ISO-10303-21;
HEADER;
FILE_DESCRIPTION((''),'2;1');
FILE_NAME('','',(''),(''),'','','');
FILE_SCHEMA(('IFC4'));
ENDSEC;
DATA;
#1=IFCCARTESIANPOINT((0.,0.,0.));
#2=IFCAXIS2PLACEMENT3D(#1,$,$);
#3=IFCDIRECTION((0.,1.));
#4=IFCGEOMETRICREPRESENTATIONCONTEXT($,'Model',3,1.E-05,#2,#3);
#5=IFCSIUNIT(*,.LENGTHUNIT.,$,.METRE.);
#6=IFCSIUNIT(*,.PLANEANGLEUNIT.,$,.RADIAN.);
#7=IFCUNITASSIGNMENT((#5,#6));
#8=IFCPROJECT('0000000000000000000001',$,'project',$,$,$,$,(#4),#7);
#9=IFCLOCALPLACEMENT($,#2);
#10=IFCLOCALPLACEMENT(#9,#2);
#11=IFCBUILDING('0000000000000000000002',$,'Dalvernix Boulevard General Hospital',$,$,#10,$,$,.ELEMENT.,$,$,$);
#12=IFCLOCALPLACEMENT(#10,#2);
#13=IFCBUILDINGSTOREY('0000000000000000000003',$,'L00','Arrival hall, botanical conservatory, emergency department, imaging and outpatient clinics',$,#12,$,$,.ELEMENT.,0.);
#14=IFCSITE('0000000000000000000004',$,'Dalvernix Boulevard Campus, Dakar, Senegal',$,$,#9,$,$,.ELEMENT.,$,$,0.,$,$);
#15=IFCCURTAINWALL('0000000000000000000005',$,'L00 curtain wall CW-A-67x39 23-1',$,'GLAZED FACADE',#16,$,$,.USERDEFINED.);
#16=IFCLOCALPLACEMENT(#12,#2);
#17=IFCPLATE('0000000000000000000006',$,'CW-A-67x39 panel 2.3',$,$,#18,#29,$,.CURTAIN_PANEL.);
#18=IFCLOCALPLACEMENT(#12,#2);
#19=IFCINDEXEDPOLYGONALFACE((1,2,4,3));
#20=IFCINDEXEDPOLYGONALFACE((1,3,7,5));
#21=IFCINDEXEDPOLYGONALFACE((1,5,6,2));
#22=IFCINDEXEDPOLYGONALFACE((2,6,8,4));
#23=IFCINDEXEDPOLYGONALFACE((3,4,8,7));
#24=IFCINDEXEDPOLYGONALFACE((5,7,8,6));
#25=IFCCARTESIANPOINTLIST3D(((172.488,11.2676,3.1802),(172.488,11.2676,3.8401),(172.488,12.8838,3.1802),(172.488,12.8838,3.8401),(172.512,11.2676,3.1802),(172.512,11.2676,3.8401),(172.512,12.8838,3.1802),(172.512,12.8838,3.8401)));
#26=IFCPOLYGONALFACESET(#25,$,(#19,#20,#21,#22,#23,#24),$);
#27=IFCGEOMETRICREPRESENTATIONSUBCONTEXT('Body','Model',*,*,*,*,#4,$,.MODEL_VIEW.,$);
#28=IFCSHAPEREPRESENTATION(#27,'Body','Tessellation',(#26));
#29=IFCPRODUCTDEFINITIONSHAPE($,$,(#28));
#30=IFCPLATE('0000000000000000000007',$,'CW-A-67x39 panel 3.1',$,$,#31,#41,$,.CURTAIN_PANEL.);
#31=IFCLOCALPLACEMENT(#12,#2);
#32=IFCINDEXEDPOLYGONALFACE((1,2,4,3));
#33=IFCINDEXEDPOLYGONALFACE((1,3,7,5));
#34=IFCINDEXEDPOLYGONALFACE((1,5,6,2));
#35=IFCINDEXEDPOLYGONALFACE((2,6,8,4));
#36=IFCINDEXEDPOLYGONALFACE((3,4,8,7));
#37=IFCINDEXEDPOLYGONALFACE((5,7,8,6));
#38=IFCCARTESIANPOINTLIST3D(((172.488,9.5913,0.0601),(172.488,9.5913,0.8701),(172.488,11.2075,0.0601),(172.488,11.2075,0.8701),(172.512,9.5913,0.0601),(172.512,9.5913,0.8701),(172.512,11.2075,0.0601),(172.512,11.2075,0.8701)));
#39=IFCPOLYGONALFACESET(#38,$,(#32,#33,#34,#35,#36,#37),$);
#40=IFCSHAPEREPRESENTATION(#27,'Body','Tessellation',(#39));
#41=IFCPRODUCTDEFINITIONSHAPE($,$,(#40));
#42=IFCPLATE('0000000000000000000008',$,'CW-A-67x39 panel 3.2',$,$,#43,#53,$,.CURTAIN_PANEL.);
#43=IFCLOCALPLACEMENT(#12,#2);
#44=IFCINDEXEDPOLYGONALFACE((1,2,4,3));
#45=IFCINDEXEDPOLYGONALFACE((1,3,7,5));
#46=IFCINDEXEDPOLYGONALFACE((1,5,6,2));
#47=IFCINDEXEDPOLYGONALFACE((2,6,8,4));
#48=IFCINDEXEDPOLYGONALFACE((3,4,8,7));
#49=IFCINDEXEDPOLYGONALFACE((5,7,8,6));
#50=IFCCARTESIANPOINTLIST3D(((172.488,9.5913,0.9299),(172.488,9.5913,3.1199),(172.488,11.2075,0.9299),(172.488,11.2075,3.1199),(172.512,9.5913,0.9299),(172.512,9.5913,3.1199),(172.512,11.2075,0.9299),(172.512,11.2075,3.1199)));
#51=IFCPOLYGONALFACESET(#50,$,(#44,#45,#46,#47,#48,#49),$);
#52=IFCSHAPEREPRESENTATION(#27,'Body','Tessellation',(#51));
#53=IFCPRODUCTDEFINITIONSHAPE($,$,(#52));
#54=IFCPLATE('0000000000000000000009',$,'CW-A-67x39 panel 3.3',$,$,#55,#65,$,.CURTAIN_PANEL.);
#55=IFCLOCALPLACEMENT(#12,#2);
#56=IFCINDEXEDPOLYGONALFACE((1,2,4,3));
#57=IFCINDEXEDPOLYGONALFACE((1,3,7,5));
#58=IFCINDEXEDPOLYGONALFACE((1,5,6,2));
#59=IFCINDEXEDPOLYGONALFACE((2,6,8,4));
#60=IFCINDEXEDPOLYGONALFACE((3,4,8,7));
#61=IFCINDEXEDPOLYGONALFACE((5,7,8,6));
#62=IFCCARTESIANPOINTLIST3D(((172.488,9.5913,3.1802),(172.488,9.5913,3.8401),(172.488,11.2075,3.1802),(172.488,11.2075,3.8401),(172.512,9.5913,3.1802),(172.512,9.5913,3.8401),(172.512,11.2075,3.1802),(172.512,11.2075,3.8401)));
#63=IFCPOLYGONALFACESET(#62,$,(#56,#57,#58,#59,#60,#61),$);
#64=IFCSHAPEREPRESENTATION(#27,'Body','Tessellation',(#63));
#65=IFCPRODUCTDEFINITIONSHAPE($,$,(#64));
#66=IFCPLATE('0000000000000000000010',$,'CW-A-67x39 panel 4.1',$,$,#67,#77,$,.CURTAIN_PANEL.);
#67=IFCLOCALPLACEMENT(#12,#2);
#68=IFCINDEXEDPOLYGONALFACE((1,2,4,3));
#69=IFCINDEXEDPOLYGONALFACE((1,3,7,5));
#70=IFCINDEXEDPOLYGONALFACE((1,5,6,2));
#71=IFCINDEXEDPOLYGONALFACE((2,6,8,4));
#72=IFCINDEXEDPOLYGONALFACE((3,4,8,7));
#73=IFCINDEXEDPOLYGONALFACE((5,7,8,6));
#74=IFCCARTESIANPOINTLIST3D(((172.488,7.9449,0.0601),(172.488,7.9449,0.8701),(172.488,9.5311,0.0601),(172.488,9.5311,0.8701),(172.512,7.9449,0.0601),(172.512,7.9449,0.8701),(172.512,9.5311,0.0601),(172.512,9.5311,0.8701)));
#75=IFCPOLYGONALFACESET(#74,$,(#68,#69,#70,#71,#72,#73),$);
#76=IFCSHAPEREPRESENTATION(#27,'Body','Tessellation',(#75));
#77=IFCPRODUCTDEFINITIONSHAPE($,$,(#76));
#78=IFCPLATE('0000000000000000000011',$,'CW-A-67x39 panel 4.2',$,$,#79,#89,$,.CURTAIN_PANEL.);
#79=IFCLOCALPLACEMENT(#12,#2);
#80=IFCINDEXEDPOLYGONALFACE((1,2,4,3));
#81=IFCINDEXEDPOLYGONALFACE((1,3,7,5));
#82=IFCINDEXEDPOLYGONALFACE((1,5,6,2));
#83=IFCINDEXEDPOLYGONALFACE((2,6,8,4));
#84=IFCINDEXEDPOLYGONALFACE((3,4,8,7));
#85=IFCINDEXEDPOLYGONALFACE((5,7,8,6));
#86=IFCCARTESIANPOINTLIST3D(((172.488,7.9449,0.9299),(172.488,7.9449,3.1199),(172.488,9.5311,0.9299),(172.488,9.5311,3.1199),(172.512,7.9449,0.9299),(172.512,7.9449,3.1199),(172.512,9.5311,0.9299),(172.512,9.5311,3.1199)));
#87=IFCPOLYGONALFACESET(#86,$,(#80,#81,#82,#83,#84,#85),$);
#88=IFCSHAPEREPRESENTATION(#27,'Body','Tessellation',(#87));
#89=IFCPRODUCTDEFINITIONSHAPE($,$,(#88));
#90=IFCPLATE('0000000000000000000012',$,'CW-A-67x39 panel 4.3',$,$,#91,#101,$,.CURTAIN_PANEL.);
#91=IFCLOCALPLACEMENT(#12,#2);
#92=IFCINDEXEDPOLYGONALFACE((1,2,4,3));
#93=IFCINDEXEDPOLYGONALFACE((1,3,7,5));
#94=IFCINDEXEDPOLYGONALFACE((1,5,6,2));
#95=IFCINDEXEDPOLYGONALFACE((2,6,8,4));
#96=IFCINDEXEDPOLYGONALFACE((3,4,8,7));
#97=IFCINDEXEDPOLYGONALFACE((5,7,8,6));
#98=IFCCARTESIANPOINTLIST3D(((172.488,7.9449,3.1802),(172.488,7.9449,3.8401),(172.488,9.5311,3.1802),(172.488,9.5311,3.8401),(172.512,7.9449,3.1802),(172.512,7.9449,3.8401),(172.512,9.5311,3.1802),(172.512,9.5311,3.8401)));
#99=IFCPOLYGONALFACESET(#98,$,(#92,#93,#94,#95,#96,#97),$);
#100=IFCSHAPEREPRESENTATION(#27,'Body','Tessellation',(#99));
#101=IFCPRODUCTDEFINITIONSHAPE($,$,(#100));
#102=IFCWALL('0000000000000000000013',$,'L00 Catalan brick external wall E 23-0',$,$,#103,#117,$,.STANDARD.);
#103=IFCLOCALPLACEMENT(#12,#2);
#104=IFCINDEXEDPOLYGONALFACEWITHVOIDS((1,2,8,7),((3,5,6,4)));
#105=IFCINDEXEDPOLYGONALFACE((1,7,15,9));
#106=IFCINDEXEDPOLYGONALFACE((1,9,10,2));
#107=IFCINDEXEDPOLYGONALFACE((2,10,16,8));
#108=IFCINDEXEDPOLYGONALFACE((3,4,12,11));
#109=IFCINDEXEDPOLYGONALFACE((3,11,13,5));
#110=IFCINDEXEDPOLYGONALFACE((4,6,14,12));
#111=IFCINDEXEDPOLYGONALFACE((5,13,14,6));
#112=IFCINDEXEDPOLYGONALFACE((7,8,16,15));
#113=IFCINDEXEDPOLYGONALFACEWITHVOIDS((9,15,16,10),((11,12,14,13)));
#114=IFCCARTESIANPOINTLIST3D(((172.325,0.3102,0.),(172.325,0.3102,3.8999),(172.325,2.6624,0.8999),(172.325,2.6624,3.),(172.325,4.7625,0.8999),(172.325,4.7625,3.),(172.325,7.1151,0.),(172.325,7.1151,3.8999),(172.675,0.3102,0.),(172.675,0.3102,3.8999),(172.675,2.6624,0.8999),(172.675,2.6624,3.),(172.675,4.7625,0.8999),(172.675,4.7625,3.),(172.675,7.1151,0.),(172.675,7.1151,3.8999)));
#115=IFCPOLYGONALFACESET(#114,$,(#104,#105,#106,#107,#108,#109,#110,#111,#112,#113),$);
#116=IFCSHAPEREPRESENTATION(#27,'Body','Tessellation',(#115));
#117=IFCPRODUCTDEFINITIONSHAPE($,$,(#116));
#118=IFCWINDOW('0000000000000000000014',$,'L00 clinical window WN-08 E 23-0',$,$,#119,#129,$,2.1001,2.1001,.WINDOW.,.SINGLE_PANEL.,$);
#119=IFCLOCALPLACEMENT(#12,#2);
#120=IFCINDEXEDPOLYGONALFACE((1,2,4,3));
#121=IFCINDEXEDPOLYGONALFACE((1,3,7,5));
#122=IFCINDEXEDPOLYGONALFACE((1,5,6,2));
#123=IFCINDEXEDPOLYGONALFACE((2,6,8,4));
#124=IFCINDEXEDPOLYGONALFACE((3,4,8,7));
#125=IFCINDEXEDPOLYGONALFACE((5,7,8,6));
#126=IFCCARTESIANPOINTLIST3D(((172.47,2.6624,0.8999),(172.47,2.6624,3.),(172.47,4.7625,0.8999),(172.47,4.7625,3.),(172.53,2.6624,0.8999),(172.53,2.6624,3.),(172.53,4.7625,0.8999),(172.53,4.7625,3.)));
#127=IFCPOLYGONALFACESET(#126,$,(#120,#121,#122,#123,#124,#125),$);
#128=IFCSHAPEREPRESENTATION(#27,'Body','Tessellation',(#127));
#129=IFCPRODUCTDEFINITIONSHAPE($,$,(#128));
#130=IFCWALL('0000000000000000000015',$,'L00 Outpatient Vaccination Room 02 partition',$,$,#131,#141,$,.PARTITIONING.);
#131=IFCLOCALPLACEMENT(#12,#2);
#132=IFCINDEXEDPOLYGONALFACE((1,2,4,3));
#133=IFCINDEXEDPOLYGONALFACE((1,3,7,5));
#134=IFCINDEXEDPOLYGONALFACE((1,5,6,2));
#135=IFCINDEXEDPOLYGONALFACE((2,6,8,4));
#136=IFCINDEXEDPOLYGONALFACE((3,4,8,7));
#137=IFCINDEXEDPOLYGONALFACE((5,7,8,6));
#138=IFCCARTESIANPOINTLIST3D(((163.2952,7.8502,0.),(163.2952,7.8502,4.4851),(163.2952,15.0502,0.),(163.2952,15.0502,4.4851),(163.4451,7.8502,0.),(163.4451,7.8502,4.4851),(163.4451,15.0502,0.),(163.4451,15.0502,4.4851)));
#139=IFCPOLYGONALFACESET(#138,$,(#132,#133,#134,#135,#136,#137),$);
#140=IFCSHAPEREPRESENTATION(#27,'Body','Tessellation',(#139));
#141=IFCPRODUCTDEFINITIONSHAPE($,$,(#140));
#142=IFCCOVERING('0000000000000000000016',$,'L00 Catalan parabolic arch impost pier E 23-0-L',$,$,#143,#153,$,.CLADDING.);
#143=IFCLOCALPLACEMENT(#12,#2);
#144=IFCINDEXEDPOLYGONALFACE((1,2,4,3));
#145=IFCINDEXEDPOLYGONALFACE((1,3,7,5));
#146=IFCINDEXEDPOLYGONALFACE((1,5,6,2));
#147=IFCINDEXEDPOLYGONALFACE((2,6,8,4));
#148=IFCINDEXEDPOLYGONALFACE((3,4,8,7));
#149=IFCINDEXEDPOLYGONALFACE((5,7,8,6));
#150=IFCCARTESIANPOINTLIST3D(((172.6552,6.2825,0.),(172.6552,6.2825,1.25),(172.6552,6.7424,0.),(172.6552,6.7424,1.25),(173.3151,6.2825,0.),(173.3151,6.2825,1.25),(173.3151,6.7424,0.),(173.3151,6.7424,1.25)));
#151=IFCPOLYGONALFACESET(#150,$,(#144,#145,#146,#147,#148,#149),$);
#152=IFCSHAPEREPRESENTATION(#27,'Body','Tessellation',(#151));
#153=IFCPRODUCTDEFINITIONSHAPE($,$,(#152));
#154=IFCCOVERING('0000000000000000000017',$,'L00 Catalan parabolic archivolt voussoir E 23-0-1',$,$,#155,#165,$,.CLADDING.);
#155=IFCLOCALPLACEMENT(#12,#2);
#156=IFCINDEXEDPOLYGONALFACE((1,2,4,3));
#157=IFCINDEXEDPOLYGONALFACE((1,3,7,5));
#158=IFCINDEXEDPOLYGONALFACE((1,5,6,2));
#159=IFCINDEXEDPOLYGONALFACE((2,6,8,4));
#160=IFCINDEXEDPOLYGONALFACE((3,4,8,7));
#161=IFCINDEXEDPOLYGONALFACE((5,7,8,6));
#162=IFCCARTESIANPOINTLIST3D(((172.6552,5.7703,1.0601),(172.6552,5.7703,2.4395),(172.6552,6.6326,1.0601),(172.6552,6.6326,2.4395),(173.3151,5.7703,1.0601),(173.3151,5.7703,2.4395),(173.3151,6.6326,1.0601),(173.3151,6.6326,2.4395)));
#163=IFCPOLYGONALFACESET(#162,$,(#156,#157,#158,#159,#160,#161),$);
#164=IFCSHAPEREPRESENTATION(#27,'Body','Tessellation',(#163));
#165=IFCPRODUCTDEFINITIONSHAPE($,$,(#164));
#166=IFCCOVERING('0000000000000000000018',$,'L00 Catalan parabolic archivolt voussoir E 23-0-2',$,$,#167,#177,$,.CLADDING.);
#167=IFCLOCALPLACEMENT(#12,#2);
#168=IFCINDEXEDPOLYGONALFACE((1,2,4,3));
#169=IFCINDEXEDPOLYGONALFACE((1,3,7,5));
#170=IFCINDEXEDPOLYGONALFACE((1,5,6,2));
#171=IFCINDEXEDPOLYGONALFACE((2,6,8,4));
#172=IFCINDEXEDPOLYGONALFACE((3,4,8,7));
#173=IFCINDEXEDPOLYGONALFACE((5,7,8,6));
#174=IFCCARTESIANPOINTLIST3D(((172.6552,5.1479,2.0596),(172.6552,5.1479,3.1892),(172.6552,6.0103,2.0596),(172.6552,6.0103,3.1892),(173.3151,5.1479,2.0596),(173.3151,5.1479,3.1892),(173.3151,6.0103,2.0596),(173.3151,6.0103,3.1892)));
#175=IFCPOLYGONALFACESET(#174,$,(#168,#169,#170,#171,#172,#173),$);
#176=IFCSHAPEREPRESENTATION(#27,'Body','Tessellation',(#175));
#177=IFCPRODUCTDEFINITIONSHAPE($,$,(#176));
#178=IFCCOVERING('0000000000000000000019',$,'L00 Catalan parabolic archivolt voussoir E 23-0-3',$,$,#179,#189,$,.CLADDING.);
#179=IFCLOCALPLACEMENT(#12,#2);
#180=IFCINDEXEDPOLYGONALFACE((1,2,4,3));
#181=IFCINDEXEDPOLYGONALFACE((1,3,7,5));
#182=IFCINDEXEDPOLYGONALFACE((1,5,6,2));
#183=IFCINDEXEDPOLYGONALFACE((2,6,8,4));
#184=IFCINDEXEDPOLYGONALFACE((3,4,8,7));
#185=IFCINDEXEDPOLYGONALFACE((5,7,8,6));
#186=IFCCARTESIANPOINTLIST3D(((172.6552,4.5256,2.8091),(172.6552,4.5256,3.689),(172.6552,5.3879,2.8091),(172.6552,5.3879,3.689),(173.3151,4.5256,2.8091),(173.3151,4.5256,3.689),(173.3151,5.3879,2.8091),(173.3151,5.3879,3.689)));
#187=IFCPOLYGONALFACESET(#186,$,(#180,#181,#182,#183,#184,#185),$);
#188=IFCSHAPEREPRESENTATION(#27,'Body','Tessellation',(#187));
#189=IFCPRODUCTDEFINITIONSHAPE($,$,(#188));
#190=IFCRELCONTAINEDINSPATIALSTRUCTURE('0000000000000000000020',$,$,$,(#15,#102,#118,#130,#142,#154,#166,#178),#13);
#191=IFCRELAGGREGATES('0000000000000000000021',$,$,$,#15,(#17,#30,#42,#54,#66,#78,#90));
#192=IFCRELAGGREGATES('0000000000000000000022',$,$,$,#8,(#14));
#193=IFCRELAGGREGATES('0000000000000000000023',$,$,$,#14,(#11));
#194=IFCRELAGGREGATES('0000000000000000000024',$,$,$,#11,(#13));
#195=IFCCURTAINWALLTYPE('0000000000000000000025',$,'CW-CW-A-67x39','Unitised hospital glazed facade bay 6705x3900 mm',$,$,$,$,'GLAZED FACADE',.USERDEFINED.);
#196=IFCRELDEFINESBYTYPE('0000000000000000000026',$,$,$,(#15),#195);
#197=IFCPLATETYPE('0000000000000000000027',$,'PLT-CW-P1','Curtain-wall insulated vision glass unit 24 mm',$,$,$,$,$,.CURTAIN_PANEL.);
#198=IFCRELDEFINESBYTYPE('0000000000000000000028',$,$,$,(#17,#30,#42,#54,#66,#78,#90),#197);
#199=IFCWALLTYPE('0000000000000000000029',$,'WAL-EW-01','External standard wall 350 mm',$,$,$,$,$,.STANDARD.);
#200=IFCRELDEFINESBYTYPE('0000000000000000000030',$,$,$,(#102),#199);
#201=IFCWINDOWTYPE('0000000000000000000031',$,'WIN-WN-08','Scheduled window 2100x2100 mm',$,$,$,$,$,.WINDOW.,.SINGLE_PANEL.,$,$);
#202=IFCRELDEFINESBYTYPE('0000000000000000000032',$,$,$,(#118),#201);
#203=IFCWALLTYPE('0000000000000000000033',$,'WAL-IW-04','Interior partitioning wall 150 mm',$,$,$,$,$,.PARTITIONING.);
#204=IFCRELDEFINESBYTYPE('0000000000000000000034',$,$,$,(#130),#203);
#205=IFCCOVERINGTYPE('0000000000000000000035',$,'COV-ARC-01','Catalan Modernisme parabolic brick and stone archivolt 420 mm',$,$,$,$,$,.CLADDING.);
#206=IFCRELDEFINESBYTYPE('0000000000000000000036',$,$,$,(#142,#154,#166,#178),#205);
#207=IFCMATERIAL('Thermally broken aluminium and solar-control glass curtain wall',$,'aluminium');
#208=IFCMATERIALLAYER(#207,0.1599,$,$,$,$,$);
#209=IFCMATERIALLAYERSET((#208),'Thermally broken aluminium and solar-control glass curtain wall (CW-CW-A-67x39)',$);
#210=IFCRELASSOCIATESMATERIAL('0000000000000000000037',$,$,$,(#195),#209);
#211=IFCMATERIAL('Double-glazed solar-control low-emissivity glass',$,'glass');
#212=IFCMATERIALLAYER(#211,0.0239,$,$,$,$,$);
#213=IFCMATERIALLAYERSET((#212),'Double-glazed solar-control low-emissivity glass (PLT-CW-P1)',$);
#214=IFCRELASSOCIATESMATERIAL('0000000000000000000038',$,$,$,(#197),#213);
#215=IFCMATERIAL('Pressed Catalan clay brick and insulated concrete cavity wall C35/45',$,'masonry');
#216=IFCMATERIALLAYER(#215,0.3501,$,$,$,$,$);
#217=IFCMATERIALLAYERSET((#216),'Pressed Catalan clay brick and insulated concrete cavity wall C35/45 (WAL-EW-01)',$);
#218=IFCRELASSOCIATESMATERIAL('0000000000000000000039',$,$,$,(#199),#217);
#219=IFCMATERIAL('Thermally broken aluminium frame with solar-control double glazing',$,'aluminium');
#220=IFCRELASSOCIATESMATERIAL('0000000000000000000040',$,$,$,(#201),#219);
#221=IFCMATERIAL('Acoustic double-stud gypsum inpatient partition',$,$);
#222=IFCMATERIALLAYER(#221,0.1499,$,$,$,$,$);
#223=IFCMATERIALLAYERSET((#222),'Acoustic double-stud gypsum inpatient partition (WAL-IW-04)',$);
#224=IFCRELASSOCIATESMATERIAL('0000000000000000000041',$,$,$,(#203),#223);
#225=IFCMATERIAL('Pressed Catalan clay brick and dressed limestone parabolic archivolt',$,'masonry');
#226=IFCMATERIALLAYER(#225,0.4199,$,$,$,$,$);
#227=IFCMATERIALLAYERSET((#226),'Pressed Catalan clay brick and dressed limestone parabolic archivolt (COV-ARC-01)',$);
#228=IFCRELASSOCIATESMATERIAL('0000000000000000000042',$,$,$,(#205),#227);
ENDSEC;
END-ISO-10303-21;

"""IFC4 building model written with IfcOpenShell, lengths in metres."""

from ifc_helpers import new_model, si_unit, direction, frame, frame_2d, origin, origin_2d, place, context, subcontext, project, spatial, rectangle, extrude, material, layer, layer_set, type_object, element, fill, aggregate, save


model = new_model("IFC4")

# Units and contexts
model_context = context("Model", 3, precision=1e-05, world=origin(), true_north=direction((0.0, 1.0)))
body_context = subcontext(model_context, "Body", "Model", "MODEL_VIEW")
ifc_project = project(units=[si_unit("LENGTHUNIT", "METRE"), si_unit("PLANEANGLEUNIT", "RADIAN")], contexts=[model_context])

# Site, building, storey
site_placement = place(None, origin())
site = spatial("IfcSite", under=ifc_project, at=site_placement, Name="Dalvernix Boulevard Campus, Dakar, Senegal", CompositionType="ELEMENT", RefElevation=0.0)
building_placement = place(site_placement, origin())
building = spatial("IfcBuilding", under=site, at=building_placement, Name="Dalvernix Boulevard General Hospital", CompositionType="ELEMENT")
storey_placement = place(building_placement, origin())
storey = spatial("IfcBuildingStorey", under=building, at=storey_placement, Name="L00", Description="Arrival hall, botanical conservatory, emergency department, imaging and outpatient clinics", CompositionType="ELEMENT", Elevation=0.0)

# Curtain wall, plates
ifc_material_1 = material(Name="Thermally broken aluminium and solar-control glass curtain wall", Category="aluminium")
ifc_layer_1 = layer(ifc_material_1, 0.1599)
ifc_layer_set_1 = layer_set([ifc_layer_1], Name="Thermally broken aluminium and solar-control glass curtain wall (CW-CW-A-67x39)")
curtain_wall_type = type_object("IfcCurtainWallType", Name="CW-CW-A-67x39", Description="Unitised hospital glazed facade bay 6705x3900 mm", ElementType="GLAZED FACADE", PredefinedType="USERDEFINED", material=ifc_layer_set_1)
curtain_wall_placement = place(storey_placement, origin())
curtain_wall = element("IfcCurtainWall", 1, at=curtain_wall_placement, inside=storey, type_object=curtain_wall_type, Name="L00 curtain wall CW-A-67x39 23-1", ObjectType="GLAZED FACADE", PredefinedType="USERDEFINED")
ifc_material_2 = material(Name="Double-glazed solar-control low-emissivity glass", Category="glass")
ifc_layer_2 = layer(ifc_material_2, 0.0239)
ifc_layer_set_2 = layer_set([ifc_layer_2], Name="Double-glazed solar-control low-emissivity glass (PLT-CW-P1)")
plate_type = type_object("IfcPlateType", Name="PLT-CW-P1", Description="Curtain-wall insulated vision glass unit 24 mm", PredefinedType="CURTAIN_PANEL", material=ifc_layer_set_2)
plate_1_placement = place(storey_placement, frame((172.5, 12.0757, 3.1802), z_axis=(0.0, 0.0, 1.0), x_axis=(0.0, -1.0, 0.0)))
plate_1 = element("IfcPlate", 2, at=plate_1_placement, type_object=plate_type, Name="CW-A-67x39 panel 2.3", PredefinedType="CURTAIN_PANEL", context=body_context, shape_type="SweptSolid", body=[
    extrude(rectangle(XDim=1.6162, YDim=0.0239, at=origin_2d()), origin(), (0.0, 0.0, 1.0), 0.6599),
])
plate_2_placement = place(storey_placement, frame((172.5, 10.3994, 0.0601), z_axis=(0.0, 0.0, 1.0), x_axis=(0.0, -1.0, 0.0)))
plate_2 = element("IfcPlate", 3, at=plate_2_placement, type_object=plate_type, Name="CW-A-67x39 panel 3.1", PredefinedType="CURTAIN_PANEL", context=body_context, shape_type="SweptSolid", body=[
    extrude(rectangle(XDim=1.6162, YDim=0.0239, at=origin_2d()), origin(), (0.0, 0.0, 1.0), 0.8101),
])
plate_3_placement = place(storey_placement, frame((172.5, 10.3994, 0.9299), z_axis=(0.0, 0.0, 1.0), x_axis=(0.0, -1.0, 0.0)))
plate_3 = element("IfcPlate", 4, at=plate_3_placement, type_object=plate_type, Name="CW-A-67x39 panel 3.2", PredefinedType="CURTAIN_PANEL", context=body_context, shape_type="SweptSolid", body=[
    extrude(rectangle(XDim=1.6162, YDim=0.0239, at=origin_2d()), origin(), (0.0, 0.0, 1.0), 2.1899),
])
plate_4_placement = place(storey_placement, frame((172.5, 10.3994, 3.1802), z_axis=(0.0, 0.0, 1.0), x_axis=(0.0, -1.0, 0.0)))
plate_4 = element("IfcPlate", 5, at=plate_4_placement, type_object=plate_type, Name="CW-A-67x39 panel 3.3", PredefinedType="CURTAIN_PANEL", context=body_context, shape_type="SweptSolid", body=[
    extrude(rectangle(XDim=1.6162, YDim=0.0239, at=origin_2d()), origin(), (0.0, 0.0, 1.0), 0.6599),
])
plate_5_placement = place(storey_placement, frame((172.5, 8.738, 0.0601), z_axis=(0.0, 0.0, 1.0), x_axis=(0.0, -1.0, 0.0)))
plate_5 = element("IfcPlate", 6, at=plate_5_placement, type_object=plate_type, Name="CW-A-67x39 panel 4.1", PredefinedType="CURTAIN_PANEL", context=body_context, shape_type="SweptSolid", body=[
    extrude(rectangle(XDim=1.5862, YDim=0.0239, at=origin_2d()), origin(), (0.0, 0.0, 1.0), 0.8101),
])
plate_6_placement = place(storey_placement, frame((172.5, 8.738, 0.9299), z_axis=(0.0, 0.0, 1.0), x_axis=(0.0, -1.0, 0.0)))
plate_6 = element("IfcPlate", 7, at=plate_6_placement, type_object=plate_type, Name="CW-A-67x39 panel 4.2", PredefinedType="CURTAIN_PANEL", context=body_context, shape_type="SweptSolid", body=[
    extrude(rectangle(XDim=1.5862, YDim=0.0239, at=origin_2d()), origin(), (0.0, 0.0, 1.0), 2.1899),
])
plate_7_placement = place(storey_placement, frame((172.5, 8.738, 3.1802), z_axis=(0.0, 0.0, 1.0), x_axis=(0.0, -1.0, 0.0)))
plate_7 = element("IfcPlate", 8, at=plate_7_placement, type_object=plate_type, Name="CW-A-67x39 panel 4.3", PredefinedType="CURTAIN_PANEL", context=body_context, shape_type="SweptSolid", body=[
    extrude(rectangle(XDim=1.5862, YDim=0.0239, at=origin_2d()), origin(), (0.0, 0.0, 1.0), 0.6599),
])
aggregate(curtain_wall, [plate_1, plate_2, plate_3, plate_4, plate_5, plate_6, plate_7])

# Wall, opening, window
ifc_material_3 = material(Name="Pressed Catalan clay brick and insulated concrete cavity wall C35/45", Category="masonry")
ifc_layer_3 = layer(ifc_material_3, 0.3501)
ifc_layer_set_3 = layer_set([ifc_layer_3], Name="Pressed Catalan clay brick and insulated concrete cavity wall C35/45 (WAL-EW-01)")
wall_type_1 = type_object("IfcWallType", Name="WAL-EW-01", Description="External standard wall 350 mm", PredefinedType="STANDARD", material=ifc_layer_set_3)
wall_1_placement = place(storey_placement, frame((172.5, 7.115, 0.0), z_axis=(0.0, 0.0, 1.0), x_axis=(0.0, -1.0, 0.0)))
wall_1 = element("IfcWall", 9, at=wall_1_placement, inside=storey, type_object=wall_type_1, Name="L00 Catalan brick external wall E 23-0", PredefinedType="STANDARD", context=body_context, shape_type="SweptSolid", body=[
    extrude(rectangle(XDim=6.8049, YDim=0.3501, at=frame_2d((3.4023, 0.0))), origin(), (0.0, 0.0, 1.0), 3.8999),
])
opening_placement = place(wall_1_placement, frame((2.3525, 0.0, 0.8999)))
opening = element("IfcOpeningElement", 10, at=opening_placement, cuts=wall_1, PredefinedType="OPENING", context=body_context, shape_type="SweptSolid", body=[
    extrude(rectangle(XDim=2.1001, YDim=2.1001, at=frame_2d((1.05, 1.05))), frame((0.0, 0.1851, 0.0), z_axis=(0.0, -1.0, 0.0), x_axis=(1.0, 0.0, 0.0)), (0.0, 0.0, 1.0), 0.3701),
])
ifc_material_4 = material(Name="Thermally broken aluminium frame with solar-control double glazing", Category="aluminium")
window_type = type_object("IfcWindowType", Name="WIN-WN-08", Description="Scheduled window 2100x2100 mm", PartitioningType="SINGLE_PANEL", PredefinedType="WINDOW", material=ifc_material_4)
window_placement = place(opening_placement, origin())
window = element("IfcWindow", 11, at=window_placement, inside=storey, type_object=window_type, Name="L00 clinical window WN-08 E 23-0", OverallHeight=2.1001, OverallWidth=2.1001, PartitioningType="SINGLE_PANEL", PredefinedType="WINDOW", context=body_context, shape_type="SweptSolid", body=[
    extrude(rectangle(XDim=2.1001, YDim=2.1001, at=frame_2d((1.05, 1.05))), frame((0.0, 0.03, 0.0), z_axis=(0.0, -1.0, 0.0), x_axis=(1.0, 0.0, 0.0)), (0.0, 0.0, 1.0), 0.0601),
])
fill(opening, window)

# Wall
ifc_material_5 = material(Name="Acoustic double-stud gypsum inpatient partition")
ifc_layer_4 = layer(ifc_material_5, 0.1499)
ifc_layer_set_4 = layer_set([ifc_layer_4], Name="Acoustic double-stud gypsum inpatient partition (WAL-IW-04)")
wall_type_2 = type_object("IfcWallType", Name="WAL-IW-04", Description="Interior partitioning wall 150 mm", PredefinedType="PARTITIONING", material=ifc_layer_set_4)
wall_2_placement = place(storey_placement, frame((163.3701, 7.8501, 0.0), z_axis=(0.0, 0.0, 1.0), x_axis=(0.0, 1.0, 0.0)))
element("IfcWall", 12, at=wall_2_placement, inside=storey, type_object=wall_type_2, Name="L00 Outpatient Vaccination Room 02 partition", PredefinedType="PARTITIONING", context=body_context, shape_type="SweptSolid", body=[
    extrude(rectangle(XDim=7.2, YDim=0.1499, at=frame_2d((3.6001, 0.0))), origin(), (0.0, 0.0, 1.0), 4.4851),
])

# Coverings
ifc_material_6 = material(Name="Pressed Catalan clay brick and dressed limestone parabolic archivolt", Category="masonry")
ifc_layer_5 = layer(ifc_material_6, 0.4199)
ifc_layer_set_5 = layer_set([ifc_layer_5], Name="Pressed Catalan clay brick and dressed limestone parabolic archivolt (COV-ARC-01)")
covering_type = type_object("IfcCoveringType", Name="COV-ARC-01", Description="Catalan Modernisme parabolic brick and stone archivolt 420 mm", PredefinedType="CLADDING", material=ifc_layer_set_5)
covering_1_placement = place(storey_placement, frame((172.9851, 6.5125, 0.0), z_axis=(0.0, 0.0, 1.0), x_axis=(0.0, -1.0, 0.0)))
element("IfcCovering", 13, at=covering_1_placement, inside=storey, type_object=covering_type, Name="L00 Catalan parabolic arch impost pier E 23-0-L", PredefinedType="CLADDING", context=body_context, shape_type="SweptSolid", body=[
    extrude(rectangle(XDim=0.46, YDim=0.6599, at=origin_2d()), origin(), (0.0, 0.0, 1.0), 1.25),
])
covering_2_placement = place(storey_placement, frame((172.9851, 6.2014, 1.0601), z_axis=(0.0, 0.0, 1.0), x_axis=(0.0, -1.0, 0.0)))
element("IfcCovering", 14, at=covering_2_placement, inside=storey, type_object=covering_type, Name="L00 Catalan parabolic archivolt voussoir E 23-0-1", PredefinedType="CLADDING", context=body_context, shape_type="SweptSolid", body=[
    extrude(rectangle(XDim=0.8623, YDim=0.6599, at=origin_2d()), origin(), (0.0, 0.0, 1.0), 1.3794),
])
covering_3_placement = place(storey_placement, frame((172.9851, 5.5791, 2.0596), z_axis=(0.0, 0.0, 1.0), x_axis=(0.0, -1.0, 0.0)))
element("IfcCovering", 15, at=covering_3_placement, inside=storey, type_object=covering_type, Name="L00 Catalan parabolic archivolt voussoir E 23-0-2", PredefinedType="CLADDING", context=body_context, shape_type="SweptSolid", body=[
    extrude(rectangle(XDim=0.8623, YDim=0.6599, at=origin_2d()), origin(), (0.0, 0.0, 1.0), 1.1296),
])
covering_4_placement = place(storey_placement, frame((172.9851, 4.9568, 2.8091), z_axis=(0.0, 0.0, 1.0), x_axis=(0.0, -1.0, 0.0)))
element("IfcCovering", 16, at=covering_4_placement, inside=storey, type_object=covering_type, Name="L00 Catalan parabolic archivolt voussoir E 23-0-3", PredefinedType="CLADDING", context=body_context, shape_type="SweptSolid", body=[
    extrude(rectangle(XDim=0.8623, YDim=0.6599, at=origin_2d()), origin(), (0.0, 0.0, 1.0), 0.8799),
])

save(model, "model.ifc")
